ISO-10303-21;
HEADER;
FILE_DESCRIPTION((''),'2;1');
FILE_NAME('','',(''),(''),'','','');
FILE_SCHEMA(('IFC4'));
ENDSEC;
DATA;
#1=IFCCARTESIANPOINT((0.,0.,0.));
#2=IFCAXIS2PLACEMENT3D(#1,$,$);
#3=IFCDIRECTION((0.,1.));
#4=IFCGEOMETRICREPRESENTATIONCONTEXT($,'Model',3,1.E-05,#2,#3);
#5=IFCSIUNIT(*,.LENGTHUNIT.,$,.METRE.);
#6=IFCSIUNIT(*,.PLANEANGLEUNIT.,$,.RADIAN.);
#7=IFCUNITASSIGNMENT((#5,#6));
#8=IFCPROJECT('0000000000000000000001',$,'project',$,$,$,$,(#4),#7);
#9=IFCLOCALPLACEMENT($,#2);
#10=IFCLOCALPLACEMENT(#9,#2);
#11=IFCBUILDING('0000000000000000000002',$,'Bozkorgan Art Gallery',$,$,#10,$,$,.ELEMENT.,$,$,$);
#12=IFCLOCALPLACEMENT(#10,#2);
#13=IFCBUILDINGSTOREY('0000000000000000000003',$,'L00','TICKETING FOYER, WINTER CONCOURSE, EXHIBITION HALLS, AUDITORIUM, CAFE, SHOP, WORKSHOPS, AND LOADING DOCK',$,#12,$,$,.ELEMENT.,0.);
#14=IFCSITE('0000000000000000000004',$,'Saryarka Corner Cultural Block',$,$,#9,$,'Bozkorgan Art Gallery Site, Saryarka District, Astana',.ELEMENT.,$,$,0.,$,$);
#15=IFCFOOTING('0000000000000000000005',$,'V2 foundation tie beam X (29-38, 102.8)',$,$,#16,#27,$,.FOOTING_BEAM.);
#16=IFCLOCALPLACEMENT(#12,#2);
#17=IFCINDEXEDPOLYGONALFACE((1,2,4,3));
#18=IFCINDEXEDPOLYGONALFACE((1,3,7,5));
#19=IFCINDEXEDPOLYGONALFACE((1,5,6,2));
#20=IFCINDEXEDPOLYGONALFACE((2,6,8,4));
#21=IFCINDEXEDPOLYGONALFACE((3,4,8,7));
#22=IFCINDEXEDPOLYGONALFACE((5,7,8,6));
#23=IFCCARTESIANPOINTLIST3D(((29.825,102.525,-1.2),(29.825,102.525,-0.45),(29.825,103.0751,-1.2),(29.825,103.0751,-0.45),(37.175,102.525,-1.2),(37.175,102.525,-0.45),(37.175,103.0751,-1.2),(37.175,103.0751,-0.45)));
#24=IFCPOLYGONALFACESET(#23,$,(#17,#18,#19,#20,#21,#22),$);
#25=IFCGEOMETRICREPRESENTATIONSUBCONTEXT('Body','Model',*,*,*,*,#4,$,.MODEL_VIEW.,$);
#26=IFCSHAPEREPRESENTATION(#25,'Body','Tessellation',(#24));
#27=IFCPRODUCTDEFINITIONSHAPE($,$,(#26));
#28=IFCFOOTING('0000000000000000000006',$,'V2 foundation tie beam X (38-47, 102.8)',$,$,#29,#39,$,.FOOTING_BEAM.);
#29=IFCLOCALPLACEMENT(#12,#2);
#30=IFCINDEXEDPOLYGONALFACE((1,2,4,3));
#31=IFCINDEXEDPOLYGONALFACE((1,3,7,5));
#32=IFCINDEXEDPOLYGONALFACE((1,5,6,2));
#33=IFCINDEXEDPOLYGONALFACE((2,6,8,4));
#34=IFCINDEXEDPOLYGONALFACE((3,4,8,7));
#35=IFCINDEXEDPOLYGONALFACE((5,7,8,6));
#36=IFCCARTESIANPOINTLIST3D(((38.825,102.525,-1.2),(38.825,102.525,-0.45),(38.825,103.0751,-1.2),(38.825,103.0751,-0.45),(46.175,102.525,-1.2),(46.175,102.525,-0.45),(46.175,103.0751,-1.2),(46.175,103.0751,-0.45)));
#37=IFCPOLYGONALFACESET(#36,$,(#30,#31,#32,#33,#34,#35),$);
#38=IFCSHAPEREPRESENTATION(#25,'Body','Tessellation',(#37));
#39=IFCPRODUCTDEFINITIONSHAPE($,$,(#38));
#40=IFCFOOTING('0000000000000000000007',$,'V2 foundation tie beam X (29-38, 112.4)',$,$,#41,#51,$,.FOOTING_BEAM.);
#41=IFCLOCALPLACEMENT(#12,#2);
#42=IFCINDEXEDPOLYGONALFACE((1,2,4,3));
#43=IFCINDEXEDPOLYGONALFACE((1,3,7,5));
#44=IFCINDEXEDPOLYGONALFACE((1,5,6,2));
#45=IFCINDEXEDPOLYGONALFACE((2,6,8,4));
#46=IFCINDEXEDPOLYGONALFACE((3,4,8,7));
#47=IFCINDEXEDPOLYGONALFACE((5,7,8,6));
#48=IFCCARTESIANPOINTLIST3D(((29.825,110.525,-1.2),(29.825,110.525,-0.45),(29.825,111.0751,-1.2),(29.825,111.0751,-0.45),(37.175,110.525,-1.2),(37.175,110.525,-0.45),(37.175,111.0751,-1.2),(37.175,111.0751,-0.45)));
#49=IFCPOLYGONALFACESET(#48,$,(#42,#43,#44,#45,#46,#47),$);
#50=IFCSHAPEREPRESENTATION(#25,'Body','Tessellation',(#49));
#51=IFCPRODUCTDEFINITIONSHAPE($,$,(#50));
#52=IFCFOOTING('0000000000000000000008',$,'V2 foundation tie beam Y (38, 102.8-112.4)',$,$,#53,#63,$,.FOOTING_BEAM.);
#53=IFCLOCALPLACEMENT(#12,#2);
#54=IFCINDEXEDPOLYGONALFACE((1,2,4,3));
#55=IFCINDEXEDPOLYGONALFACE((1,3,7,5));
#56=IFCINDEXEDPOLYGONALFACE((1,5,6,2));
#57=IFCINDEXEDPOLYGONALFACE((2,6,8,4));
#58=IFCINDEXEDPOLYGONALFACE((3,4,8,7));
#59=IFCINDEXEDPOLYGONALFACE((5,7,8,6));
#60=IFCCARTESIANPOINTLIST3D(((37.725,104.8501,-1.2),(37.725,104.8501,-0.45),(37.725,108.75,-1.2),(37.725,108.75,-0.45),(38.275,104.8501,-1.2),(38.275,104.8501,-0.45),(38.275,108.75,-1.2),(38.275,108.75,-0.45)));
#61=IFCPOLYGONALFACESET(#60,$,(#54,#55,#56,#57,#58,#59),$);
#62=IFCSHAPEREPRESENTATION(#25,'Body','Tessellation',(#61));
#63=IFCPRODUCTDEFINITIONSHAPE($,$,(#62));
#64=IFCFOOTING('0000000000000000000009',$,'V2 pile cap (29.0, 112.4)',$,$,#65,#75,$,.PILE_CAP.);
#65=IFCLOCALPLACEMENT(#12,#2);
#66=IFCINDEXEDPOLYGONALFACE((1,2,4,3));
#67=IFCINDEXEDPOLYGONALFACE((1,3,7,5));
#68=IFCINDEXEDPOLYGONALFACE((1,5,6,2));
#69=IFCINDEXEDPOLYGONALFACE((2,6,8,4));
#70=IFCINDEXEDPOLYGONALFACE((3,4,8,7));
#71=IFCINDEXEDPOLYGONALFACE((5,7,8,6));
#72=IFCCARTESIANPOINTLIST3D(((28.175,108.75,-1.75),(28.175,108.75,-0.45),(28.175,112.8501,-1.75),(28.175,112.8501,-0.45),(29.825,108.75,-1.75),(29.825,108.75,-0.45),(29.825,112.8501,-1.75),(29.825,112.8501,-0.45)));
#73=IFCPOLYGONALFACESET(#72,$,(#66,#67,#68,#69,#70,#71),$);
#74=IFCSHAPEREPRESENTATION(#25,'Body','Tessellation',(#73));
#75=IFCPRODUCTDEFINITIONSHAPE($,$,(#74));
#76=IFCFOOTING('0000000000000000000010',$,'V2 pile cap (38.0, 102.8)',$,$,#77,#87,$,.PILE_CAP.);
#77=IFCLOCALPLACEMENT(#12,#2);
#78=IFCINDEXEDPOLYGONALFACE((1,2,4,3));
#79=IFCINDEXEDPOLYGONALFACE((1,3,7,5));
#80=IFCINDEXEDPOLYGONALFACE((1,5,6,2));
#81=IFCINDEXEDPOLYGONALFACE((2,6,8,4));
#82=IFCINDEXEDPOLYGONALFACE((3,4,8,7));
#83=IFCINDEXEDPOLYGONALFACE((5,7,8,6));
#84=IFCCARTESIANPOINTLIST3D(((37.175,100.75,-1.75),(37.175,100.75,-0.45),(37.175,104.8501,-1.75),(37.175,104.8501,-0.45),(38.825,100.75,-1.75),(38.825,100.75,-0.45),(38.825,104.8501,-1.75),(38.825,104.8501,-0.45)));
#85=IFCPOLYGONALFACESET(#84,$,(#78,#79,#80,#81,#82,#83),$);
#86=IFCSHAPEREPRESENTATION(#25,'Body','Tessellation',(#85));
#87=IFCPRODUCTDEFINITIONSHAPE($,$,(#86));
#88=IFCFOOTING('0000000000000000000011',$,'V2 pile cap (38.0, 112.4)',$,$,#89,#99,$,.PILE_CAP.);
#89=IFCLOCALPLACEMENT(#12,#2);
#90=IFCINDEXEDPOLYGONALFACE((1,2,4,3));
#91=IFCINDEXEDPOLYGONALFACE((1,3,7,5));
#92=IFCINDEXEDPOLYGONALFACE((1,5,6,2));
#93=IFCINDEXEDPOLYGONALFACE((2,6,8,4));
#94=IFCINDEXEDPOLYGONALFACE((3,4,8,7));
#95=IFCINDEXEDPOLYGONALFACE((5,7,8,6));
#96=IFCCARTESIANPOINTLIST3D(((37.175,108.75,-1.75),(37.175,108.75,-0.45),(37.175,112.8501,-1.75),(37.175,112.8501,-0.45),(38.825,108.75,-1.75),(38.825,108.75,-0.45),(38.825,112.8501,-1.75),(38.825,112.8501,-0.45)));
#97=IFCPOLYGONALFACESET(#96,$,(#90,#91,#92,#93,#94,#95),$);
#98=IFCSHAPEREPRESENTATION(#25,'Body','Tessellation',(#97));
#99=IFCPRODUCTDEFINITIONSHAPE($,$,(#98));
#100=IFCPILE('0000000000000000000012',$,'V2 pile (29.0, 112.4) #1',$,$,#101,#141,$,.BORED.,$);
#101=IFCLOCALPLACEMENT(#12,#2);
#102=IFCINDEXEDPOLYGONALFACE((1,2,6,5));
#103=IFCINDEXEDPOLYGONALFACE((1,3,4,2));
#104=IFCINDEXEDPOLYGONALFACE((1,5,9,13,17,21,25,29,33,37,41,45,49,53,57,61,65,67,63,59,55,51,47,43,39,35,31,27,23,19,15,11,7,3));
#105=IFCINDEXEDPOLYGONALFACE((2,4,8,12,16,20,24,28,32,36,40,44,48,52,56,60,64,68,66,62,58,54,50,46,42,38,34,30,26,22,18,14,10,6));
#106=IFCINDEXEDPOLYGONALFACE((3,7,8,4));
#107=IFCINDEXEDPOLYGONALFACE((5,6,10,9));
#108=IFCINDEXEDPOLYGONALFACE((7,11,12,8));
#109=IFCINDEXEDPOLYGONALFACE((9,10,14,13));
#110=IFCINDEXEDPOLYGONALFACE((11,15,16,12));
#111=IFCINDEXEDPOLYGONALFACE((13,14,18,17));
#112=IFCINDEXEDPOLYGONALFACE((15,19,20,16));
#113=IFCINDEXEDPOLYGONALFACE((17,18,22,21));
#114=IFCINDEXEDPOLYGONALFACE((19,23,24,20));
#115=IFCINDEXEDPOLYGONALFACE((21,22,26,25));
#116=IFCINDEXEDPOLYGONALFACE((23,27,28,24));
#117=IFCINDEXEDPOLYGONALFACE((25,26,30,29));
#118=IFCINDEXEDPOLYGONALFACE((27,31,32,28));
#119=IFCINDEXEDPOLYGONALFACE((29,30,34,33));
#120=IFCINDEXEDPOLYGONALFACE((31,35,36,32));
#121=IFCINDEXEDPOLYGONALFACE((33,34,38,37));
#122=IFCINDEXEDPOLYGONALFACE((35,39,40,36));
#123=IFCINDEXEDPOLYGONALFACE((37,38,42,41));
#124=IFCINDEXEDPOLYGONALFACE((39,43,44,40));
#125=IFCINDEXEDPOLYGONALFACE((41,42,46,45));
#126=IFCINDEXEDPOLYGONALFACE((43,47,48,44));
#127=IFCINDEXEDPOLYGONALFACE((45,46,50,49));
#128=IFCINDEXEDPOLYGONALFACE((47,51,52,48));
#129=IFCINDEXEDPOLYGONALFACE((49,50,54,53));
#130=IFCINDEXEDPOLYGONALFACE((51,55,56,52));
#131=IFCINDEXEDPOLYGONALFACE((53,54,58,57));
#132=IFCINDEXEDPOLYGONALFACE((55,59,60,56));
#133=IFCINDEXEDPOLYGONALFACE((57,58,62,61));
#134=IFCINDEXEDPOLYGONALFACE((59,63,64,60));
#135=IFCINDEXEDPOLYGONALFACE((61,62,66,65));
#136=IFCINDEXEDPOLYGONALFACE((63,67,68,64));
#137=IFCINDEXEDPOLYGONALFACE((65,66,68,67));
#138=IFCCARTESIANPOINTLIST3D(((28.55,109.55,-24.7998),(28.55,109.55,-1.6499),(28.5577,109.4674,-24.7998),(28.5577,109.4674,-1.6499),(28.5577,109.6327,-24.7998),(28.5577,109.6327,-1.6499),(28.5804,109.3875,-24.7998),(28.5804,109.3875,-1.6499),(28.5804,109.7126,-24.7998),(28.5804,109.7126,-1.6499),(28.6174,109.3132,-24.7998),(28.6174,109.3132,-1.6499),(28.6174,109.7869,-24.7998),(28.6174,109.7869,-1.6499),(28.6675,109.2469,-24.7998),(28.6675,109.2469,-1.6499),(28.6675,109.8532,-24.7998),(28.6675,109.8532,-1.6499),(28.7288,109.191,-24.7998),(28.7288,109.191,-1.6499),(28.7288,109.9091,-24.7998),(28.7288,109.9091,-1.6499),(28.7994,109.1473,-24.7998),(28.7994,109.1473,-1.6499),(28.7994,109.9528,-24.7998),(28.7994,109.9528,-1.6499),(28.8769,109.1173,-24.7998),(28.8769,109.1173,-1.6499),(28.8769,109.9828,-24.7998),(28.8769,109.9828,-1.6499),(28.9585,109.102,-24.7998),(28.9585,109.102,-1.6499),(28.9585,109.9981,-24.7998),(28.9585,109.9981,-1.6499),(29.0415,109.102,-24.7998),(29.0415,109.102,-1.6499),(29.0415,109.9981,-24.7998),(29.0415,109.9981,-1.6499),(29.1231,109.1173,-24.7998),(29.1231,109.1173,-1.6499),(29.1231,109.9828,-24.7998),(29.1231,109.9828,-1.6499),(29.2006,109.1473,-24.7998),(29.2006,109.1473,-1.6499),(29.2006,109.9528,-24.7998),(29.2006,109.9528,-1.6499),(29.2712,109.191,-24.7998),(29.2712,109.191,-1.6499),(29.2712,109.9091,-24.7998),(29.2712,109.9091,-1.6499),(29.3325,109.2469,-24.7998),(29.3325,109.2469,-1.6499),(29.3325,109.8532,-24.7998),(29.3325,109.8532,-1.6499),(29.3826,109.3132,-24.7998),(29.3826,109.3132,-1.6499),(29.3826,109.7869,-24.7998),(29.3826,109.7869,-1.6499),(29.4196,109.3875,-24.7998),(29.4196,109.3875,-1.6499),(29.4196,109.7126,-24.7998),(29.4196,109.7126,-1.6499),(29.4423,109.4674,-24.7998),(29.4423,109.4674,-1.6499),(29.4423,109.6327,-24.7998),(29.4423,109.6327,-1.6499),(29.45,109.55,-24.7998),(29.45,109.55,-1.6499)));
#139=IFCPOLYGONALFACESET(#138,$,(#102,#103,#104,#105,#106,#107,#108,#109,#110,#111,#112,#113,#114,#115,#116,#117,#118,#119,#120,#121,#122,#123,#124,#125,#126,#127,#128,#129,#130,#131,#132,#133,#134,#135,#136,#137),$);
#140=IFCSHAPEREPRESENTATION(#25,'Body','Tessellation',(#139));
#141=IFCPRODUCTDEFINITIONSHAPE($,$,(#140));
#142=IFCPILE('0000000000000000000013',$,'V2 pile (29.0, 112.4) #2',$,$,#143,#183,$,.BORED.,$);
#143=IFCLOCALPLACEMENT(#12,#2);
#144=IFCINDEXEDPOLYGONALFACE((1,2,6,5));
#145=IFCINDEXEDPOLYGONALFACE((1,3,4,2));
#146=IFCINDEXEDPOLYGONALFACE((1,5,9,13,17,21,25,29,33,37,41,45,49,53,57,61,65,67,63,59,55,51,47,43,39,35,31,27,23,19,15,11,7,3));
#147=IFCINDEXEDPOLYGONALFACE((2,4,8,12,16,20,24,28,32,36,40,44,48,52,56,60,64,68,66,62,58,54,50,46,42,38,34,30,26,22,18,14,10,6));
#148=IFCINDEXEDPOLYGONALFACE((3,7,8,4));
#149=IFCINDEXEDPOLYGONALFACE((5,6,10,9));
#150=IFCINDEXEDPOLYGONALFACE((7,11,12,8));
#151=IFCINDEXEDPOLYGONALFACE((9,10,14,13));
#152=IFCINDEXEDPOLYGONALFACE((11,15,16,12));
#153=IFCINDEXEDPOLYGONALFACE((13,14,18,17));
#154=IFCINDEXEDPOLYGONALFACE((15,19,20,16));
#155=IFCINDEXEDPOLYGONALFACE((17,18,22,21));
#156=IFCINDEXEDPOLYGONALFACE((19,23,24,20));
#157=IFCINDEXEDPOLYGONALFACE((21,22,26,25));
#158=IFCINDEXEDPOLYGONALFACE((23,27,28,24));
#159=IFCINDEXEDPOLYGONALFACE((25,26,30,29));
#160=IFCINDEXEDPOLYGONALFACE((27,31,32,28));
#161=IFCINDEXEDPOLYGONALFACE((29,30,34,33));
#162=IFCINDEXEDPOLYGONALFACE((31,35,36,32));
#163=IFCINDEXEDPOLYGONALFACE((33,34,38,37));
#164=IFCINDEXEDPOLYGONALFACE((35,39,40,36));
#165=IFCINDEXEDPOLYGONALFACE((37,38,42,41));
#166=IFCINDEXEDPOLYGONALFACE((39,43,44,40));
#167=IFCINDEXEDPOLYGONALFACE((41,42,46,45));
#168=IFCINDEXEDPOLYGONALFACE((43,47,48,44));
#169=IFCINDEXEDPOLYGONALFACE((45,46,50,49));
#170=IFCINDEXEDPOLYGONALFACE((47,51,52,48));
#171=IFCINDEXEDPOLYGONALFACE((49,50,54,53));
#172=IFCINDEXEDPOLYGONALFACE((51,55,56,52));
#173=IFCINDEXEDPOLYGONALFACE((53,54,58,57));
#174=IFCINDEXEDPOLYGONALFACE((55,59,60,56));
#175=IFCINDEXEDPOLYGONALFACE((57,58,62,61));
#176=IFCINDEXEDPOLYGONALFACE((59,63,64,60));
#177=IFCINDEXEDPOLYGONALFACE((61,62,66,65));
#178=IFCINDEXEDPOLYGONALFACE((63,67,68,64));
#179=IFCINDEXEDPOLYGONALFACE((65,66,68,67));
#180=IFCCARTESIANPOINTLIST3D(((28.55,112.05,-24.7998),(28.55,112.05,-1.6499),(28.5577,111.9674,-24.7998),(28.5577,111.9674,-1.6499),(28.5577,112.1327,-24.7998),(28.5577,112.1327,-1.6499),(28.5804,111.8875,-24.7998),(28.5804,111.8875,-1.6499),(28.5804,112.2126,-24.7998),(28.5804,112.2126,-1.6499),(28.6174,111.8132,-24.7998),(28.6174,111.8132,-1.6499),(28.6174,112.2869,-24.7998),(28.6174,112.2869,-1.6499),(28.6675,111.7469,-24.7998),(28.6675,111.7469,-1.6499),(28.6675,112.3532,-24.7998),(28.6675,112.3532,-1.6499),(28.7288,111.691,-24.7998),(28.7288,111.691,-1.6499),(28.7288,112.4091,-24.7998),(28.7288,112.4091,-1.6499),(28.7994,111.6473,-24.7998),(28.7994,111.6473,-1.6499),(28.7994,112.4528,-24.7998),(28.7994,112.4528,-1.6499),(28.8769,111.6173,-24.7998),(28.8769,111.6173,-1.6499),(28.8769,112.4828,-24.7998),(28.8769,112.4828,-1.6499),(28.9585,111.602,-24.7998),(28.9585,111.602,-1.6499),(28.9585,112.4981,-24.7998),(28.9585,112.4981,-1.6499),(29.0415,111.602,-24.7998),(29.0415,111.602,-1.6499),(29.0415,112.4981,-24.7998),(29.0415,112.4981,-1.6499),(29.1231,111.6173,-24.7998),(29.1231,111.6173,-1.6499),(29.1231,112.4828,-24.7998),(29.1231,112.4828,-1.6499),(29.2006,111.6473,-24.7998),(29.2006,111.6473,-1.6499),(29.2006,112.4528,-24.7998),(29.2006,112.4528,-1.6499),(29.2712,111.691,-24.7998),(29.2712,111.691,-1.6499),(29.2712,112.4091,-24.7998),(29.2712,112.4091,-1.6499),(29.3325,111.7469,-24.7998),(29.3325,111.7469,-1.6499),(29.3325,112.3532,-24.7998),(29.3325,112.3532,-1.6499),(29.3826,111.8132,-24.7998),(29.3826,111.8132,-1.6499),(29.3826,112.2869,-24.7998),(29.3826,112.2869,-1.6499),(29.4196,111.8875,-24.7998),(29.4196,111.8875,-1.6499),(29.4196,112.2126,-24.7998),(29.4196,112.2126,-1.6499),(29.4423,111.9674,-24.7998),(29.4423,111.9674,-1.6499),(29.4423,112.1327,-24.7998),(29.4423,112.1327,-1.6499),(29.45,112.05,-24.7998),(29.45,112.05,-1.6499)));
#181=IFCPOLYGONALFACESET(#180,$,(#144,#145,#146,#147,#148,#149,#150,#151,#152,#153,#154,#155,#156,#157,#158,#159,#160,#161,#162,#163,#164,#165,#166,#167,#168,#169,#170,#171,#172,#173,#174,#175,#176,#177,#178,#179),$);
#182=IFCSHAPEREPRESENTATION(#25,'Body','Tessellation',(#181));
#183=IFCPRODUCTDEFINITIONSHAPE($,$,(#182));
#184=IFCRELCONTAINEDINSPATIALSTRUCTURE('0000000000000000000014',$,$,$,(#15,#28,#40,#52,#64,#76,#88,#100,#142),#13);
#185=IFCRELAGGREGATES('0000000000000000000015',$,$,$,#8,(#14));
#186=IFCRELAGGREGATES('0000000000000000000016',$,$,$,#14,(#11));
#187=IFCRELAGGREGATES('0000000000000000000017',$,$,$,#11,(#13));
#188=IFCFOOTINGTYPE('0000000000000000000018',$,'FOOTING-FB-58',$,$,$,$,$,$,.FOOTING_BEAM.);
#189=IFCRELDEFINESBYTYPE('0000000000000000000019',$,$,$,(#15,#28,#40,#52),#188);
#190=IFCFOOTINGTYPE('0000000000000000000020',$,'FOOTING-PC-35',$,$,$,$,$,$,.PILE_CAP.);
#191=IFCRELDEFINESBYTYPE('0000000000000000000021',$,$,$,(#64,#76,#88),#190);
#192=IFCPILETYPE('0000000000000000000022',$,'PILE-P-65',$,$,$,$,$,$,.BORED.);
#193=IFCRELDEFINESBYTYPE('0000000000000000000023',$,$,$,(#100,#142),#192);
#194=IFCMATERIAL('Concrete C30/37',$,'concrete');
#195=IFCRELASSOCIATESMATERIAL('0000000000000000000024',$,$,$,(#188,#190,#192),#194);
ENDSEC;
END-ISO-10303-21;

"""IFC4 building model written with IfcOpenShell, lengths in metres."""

from ifc_helpers import new_model, si_unit, direction, frame, origin, origin_2d, place, context, subcontext, project, spatial, rectangle, circle, extrude, material, material_profile, profile_set, type_object, element, save


model = new_model("IFC4")

# Units and contexts
model_context = context("Model", 3, precision=1e-05, world=origin(), true_north=direction((0.0, 1.0)))
body_context = subcontext(model_context, "Body", "Model", "MODEL_VIEW")
ifc_project = project(units=[si_unit("LENGTHUNIT", "METRE"), si_unit("PLANEANGLEUNIT", "RADIAN")], contexts=[model_context])

# Site, building, storey
site_placement = place(None, origin())
site = spatial("IfcSite", under=ifc_project, at=site_placement, Name="Saryarka Corner Cultural Block", LongName="Bozkorgan Art Gallery Site, Saryarka District, Astana", CompositionType="ELEMENT", RefElevation=0.0)
building_placement = place(site_placement, origin())
building = spatial("IfcBuilding", under=site, at=building_placement, Name="Bozkorgan Art Gallery", CompositionType="ELEMENT")
storey_placement = place(building_placement, origin())
storey = spatial("IfcBuildingStorey", under=building, at=storey_placement, Name="L00", Description="TICKETING FOYER, WINTER CONCOURSE, EXHIBITION HALLS, AUDITORIUM, CAFE, SHOP, WORKSHOPS, AND LOADING DOCK", CompositionType="ELEMENT", Elevation=0.0)

# Footings
ifc_material_1 = material(Name="Concrete C30/37", Category="concrete")
ifc_material_profile_1 = material_profile(ifc_material_1, rectangle(XDim=0.55, YDim=0.75, at=origin_2d()), Name="FND 550x750")
ifc_profile_set_1 = profile_set([ifc_material_profile_1], Name="Concrete C30/37")
footing_type_1 = type_object("IfcFootingType", Name="FOOTING-FB-58", PredefinedType="FOOTING_BEAM", material=ifc_profile_set_1)
for number, where, z_axis, x_axis, name in (
    (1, (29.825, 102.8, -0.825), (1.0, 0.0, 0.0), (0.0, 1.0, 0.0), "V2 foundation tie beam X (29-38, 102.8)"),
    (2, (38.825, 102.8, -0.825), (1.0, 0.0, 0.0), (0.0, 1.0, 0.0), "V2 foundation tie beam X (38-47, 102.8)"),
    (3, (29.825, 110.8, -0.825), (1.0, 0.0, 0.0), (0.0, 1.0, 0.0), "V2 foundation tie beam X (29-38, 112.4)"),
):
    element("IfcFooting", number, at=place(storey_placement, frame(where, z_axis=z_axis, x_axis=x_axis)), inside=storey, type_object=footing_type_1, Name=name, PredefinedType="FOOTING_BEAM", context=body_context, shape_type="SweptSolid", body=[
        extrude(rectangle(XDim=0.55, YDim=0.75, at=origin_2d()), origin(), (0.0, 0.0, 1.0), 7.3501),
    ])
footing_placement = place(storey_placement, frame((38.0, 104.8501, -0.825), z_axis=(0.0, 1.0, 0.0), x_axis=(-1.0, 0.0, 0.0)))
element("IfcFooting", 4, at=footing_placement, inside=storey, type_object=footing_type_1, Name="V2 foundation tie beam Y (38, 102.8-112.4)", PredefinedType="FOOTING_BEAM", context=body_context, shape_type="SweptSolid", body=[
    extrude(rectangle(XDim=0.55, YDim=0.75, at=origin_2d()), origin(), (0.0, 0.0, 1.0), 3.8999),
])
footing_type_2 = type_object("IfcFootingType", Name="FOOTING-PC-35", PredefinedType="PILE_CAP", material=ifc_material_1)
for number, where, z_axis, x_axis, name in (
    (5, (29.0, 110.8, -1.75), (0.0, 0.0, 1.0), (1.0, 0.0, 0.0), "V2 pile cap (29.0, 112.4)"),
    (6, (38.0, 102.8, -1.75), (0.0, 0.0, 1.0), (1.0, 0.0, 0.0), "V2 pile cap (38.0, 102.8)"),
    (7, (38.0, 110.8, -1.75), (0.0, 0.0, 1.0), (1.0, 0.0, 0.0), "V2 pile cap (38.0, 112.4)"),
):
    element("IfcFooting", number, at=place(storey_placement, frame(where, z_axis=z_axis, x_axis=x_axis)), inside=storey, type_object=footing_type_2, Name=name, PredefinedType="PILE_CAP", context=body_context, shape_type="SweptSolid", body=[
        extrude(rectangle(XDim=1.6499, YDim=4.1001, at=origin_2d()), origin(), (0.0, 0.0, 1.0), 1.3),
    ])

# Piles
ifc_material_profile_2 = material_profile(ifc_material_1, circle(Radius=0.45, at=origin_2d()), Name="PILE D900")
ifc_profile_set_2 = profile_set([ifc_material_profile_2], Name="Concrete C30/37")
pile_type = type_object("IfcPileType", Name="PILE-P-65", PredefinedType="BORED", material=ifc_profile_set_2)
for number, where, z_axis, x_axis, name in (
    (8, (29.0, 109.55, -1.6499), (0.0, 0.0, -1.0), (1.0, 0.0, 0.0), "V2 pile (29.0, 112.4) #1"),
    (9, (29.0, 112.05, -1.6499), (0.0, 0.0, -1.0), (1.0, 0.0, 0.0), "V2 pile (29.0, 112.4) #2"),
):
    element("IfcPile", number, at=place(storey_placement, frame(where, z_axis=z_axis, x_axis=x_axis)), inside=storey, type_object=pile_type, Name=name, PredefinedType="BORED", context=body_context, shape_type="SweptSolid", body=[
        extrude(circle(Radius=0.45, at=origin_2d()), origin(), (0.0, 0.0, 1.0), 23.1499),
    ])

save(model, "model.ifc")
